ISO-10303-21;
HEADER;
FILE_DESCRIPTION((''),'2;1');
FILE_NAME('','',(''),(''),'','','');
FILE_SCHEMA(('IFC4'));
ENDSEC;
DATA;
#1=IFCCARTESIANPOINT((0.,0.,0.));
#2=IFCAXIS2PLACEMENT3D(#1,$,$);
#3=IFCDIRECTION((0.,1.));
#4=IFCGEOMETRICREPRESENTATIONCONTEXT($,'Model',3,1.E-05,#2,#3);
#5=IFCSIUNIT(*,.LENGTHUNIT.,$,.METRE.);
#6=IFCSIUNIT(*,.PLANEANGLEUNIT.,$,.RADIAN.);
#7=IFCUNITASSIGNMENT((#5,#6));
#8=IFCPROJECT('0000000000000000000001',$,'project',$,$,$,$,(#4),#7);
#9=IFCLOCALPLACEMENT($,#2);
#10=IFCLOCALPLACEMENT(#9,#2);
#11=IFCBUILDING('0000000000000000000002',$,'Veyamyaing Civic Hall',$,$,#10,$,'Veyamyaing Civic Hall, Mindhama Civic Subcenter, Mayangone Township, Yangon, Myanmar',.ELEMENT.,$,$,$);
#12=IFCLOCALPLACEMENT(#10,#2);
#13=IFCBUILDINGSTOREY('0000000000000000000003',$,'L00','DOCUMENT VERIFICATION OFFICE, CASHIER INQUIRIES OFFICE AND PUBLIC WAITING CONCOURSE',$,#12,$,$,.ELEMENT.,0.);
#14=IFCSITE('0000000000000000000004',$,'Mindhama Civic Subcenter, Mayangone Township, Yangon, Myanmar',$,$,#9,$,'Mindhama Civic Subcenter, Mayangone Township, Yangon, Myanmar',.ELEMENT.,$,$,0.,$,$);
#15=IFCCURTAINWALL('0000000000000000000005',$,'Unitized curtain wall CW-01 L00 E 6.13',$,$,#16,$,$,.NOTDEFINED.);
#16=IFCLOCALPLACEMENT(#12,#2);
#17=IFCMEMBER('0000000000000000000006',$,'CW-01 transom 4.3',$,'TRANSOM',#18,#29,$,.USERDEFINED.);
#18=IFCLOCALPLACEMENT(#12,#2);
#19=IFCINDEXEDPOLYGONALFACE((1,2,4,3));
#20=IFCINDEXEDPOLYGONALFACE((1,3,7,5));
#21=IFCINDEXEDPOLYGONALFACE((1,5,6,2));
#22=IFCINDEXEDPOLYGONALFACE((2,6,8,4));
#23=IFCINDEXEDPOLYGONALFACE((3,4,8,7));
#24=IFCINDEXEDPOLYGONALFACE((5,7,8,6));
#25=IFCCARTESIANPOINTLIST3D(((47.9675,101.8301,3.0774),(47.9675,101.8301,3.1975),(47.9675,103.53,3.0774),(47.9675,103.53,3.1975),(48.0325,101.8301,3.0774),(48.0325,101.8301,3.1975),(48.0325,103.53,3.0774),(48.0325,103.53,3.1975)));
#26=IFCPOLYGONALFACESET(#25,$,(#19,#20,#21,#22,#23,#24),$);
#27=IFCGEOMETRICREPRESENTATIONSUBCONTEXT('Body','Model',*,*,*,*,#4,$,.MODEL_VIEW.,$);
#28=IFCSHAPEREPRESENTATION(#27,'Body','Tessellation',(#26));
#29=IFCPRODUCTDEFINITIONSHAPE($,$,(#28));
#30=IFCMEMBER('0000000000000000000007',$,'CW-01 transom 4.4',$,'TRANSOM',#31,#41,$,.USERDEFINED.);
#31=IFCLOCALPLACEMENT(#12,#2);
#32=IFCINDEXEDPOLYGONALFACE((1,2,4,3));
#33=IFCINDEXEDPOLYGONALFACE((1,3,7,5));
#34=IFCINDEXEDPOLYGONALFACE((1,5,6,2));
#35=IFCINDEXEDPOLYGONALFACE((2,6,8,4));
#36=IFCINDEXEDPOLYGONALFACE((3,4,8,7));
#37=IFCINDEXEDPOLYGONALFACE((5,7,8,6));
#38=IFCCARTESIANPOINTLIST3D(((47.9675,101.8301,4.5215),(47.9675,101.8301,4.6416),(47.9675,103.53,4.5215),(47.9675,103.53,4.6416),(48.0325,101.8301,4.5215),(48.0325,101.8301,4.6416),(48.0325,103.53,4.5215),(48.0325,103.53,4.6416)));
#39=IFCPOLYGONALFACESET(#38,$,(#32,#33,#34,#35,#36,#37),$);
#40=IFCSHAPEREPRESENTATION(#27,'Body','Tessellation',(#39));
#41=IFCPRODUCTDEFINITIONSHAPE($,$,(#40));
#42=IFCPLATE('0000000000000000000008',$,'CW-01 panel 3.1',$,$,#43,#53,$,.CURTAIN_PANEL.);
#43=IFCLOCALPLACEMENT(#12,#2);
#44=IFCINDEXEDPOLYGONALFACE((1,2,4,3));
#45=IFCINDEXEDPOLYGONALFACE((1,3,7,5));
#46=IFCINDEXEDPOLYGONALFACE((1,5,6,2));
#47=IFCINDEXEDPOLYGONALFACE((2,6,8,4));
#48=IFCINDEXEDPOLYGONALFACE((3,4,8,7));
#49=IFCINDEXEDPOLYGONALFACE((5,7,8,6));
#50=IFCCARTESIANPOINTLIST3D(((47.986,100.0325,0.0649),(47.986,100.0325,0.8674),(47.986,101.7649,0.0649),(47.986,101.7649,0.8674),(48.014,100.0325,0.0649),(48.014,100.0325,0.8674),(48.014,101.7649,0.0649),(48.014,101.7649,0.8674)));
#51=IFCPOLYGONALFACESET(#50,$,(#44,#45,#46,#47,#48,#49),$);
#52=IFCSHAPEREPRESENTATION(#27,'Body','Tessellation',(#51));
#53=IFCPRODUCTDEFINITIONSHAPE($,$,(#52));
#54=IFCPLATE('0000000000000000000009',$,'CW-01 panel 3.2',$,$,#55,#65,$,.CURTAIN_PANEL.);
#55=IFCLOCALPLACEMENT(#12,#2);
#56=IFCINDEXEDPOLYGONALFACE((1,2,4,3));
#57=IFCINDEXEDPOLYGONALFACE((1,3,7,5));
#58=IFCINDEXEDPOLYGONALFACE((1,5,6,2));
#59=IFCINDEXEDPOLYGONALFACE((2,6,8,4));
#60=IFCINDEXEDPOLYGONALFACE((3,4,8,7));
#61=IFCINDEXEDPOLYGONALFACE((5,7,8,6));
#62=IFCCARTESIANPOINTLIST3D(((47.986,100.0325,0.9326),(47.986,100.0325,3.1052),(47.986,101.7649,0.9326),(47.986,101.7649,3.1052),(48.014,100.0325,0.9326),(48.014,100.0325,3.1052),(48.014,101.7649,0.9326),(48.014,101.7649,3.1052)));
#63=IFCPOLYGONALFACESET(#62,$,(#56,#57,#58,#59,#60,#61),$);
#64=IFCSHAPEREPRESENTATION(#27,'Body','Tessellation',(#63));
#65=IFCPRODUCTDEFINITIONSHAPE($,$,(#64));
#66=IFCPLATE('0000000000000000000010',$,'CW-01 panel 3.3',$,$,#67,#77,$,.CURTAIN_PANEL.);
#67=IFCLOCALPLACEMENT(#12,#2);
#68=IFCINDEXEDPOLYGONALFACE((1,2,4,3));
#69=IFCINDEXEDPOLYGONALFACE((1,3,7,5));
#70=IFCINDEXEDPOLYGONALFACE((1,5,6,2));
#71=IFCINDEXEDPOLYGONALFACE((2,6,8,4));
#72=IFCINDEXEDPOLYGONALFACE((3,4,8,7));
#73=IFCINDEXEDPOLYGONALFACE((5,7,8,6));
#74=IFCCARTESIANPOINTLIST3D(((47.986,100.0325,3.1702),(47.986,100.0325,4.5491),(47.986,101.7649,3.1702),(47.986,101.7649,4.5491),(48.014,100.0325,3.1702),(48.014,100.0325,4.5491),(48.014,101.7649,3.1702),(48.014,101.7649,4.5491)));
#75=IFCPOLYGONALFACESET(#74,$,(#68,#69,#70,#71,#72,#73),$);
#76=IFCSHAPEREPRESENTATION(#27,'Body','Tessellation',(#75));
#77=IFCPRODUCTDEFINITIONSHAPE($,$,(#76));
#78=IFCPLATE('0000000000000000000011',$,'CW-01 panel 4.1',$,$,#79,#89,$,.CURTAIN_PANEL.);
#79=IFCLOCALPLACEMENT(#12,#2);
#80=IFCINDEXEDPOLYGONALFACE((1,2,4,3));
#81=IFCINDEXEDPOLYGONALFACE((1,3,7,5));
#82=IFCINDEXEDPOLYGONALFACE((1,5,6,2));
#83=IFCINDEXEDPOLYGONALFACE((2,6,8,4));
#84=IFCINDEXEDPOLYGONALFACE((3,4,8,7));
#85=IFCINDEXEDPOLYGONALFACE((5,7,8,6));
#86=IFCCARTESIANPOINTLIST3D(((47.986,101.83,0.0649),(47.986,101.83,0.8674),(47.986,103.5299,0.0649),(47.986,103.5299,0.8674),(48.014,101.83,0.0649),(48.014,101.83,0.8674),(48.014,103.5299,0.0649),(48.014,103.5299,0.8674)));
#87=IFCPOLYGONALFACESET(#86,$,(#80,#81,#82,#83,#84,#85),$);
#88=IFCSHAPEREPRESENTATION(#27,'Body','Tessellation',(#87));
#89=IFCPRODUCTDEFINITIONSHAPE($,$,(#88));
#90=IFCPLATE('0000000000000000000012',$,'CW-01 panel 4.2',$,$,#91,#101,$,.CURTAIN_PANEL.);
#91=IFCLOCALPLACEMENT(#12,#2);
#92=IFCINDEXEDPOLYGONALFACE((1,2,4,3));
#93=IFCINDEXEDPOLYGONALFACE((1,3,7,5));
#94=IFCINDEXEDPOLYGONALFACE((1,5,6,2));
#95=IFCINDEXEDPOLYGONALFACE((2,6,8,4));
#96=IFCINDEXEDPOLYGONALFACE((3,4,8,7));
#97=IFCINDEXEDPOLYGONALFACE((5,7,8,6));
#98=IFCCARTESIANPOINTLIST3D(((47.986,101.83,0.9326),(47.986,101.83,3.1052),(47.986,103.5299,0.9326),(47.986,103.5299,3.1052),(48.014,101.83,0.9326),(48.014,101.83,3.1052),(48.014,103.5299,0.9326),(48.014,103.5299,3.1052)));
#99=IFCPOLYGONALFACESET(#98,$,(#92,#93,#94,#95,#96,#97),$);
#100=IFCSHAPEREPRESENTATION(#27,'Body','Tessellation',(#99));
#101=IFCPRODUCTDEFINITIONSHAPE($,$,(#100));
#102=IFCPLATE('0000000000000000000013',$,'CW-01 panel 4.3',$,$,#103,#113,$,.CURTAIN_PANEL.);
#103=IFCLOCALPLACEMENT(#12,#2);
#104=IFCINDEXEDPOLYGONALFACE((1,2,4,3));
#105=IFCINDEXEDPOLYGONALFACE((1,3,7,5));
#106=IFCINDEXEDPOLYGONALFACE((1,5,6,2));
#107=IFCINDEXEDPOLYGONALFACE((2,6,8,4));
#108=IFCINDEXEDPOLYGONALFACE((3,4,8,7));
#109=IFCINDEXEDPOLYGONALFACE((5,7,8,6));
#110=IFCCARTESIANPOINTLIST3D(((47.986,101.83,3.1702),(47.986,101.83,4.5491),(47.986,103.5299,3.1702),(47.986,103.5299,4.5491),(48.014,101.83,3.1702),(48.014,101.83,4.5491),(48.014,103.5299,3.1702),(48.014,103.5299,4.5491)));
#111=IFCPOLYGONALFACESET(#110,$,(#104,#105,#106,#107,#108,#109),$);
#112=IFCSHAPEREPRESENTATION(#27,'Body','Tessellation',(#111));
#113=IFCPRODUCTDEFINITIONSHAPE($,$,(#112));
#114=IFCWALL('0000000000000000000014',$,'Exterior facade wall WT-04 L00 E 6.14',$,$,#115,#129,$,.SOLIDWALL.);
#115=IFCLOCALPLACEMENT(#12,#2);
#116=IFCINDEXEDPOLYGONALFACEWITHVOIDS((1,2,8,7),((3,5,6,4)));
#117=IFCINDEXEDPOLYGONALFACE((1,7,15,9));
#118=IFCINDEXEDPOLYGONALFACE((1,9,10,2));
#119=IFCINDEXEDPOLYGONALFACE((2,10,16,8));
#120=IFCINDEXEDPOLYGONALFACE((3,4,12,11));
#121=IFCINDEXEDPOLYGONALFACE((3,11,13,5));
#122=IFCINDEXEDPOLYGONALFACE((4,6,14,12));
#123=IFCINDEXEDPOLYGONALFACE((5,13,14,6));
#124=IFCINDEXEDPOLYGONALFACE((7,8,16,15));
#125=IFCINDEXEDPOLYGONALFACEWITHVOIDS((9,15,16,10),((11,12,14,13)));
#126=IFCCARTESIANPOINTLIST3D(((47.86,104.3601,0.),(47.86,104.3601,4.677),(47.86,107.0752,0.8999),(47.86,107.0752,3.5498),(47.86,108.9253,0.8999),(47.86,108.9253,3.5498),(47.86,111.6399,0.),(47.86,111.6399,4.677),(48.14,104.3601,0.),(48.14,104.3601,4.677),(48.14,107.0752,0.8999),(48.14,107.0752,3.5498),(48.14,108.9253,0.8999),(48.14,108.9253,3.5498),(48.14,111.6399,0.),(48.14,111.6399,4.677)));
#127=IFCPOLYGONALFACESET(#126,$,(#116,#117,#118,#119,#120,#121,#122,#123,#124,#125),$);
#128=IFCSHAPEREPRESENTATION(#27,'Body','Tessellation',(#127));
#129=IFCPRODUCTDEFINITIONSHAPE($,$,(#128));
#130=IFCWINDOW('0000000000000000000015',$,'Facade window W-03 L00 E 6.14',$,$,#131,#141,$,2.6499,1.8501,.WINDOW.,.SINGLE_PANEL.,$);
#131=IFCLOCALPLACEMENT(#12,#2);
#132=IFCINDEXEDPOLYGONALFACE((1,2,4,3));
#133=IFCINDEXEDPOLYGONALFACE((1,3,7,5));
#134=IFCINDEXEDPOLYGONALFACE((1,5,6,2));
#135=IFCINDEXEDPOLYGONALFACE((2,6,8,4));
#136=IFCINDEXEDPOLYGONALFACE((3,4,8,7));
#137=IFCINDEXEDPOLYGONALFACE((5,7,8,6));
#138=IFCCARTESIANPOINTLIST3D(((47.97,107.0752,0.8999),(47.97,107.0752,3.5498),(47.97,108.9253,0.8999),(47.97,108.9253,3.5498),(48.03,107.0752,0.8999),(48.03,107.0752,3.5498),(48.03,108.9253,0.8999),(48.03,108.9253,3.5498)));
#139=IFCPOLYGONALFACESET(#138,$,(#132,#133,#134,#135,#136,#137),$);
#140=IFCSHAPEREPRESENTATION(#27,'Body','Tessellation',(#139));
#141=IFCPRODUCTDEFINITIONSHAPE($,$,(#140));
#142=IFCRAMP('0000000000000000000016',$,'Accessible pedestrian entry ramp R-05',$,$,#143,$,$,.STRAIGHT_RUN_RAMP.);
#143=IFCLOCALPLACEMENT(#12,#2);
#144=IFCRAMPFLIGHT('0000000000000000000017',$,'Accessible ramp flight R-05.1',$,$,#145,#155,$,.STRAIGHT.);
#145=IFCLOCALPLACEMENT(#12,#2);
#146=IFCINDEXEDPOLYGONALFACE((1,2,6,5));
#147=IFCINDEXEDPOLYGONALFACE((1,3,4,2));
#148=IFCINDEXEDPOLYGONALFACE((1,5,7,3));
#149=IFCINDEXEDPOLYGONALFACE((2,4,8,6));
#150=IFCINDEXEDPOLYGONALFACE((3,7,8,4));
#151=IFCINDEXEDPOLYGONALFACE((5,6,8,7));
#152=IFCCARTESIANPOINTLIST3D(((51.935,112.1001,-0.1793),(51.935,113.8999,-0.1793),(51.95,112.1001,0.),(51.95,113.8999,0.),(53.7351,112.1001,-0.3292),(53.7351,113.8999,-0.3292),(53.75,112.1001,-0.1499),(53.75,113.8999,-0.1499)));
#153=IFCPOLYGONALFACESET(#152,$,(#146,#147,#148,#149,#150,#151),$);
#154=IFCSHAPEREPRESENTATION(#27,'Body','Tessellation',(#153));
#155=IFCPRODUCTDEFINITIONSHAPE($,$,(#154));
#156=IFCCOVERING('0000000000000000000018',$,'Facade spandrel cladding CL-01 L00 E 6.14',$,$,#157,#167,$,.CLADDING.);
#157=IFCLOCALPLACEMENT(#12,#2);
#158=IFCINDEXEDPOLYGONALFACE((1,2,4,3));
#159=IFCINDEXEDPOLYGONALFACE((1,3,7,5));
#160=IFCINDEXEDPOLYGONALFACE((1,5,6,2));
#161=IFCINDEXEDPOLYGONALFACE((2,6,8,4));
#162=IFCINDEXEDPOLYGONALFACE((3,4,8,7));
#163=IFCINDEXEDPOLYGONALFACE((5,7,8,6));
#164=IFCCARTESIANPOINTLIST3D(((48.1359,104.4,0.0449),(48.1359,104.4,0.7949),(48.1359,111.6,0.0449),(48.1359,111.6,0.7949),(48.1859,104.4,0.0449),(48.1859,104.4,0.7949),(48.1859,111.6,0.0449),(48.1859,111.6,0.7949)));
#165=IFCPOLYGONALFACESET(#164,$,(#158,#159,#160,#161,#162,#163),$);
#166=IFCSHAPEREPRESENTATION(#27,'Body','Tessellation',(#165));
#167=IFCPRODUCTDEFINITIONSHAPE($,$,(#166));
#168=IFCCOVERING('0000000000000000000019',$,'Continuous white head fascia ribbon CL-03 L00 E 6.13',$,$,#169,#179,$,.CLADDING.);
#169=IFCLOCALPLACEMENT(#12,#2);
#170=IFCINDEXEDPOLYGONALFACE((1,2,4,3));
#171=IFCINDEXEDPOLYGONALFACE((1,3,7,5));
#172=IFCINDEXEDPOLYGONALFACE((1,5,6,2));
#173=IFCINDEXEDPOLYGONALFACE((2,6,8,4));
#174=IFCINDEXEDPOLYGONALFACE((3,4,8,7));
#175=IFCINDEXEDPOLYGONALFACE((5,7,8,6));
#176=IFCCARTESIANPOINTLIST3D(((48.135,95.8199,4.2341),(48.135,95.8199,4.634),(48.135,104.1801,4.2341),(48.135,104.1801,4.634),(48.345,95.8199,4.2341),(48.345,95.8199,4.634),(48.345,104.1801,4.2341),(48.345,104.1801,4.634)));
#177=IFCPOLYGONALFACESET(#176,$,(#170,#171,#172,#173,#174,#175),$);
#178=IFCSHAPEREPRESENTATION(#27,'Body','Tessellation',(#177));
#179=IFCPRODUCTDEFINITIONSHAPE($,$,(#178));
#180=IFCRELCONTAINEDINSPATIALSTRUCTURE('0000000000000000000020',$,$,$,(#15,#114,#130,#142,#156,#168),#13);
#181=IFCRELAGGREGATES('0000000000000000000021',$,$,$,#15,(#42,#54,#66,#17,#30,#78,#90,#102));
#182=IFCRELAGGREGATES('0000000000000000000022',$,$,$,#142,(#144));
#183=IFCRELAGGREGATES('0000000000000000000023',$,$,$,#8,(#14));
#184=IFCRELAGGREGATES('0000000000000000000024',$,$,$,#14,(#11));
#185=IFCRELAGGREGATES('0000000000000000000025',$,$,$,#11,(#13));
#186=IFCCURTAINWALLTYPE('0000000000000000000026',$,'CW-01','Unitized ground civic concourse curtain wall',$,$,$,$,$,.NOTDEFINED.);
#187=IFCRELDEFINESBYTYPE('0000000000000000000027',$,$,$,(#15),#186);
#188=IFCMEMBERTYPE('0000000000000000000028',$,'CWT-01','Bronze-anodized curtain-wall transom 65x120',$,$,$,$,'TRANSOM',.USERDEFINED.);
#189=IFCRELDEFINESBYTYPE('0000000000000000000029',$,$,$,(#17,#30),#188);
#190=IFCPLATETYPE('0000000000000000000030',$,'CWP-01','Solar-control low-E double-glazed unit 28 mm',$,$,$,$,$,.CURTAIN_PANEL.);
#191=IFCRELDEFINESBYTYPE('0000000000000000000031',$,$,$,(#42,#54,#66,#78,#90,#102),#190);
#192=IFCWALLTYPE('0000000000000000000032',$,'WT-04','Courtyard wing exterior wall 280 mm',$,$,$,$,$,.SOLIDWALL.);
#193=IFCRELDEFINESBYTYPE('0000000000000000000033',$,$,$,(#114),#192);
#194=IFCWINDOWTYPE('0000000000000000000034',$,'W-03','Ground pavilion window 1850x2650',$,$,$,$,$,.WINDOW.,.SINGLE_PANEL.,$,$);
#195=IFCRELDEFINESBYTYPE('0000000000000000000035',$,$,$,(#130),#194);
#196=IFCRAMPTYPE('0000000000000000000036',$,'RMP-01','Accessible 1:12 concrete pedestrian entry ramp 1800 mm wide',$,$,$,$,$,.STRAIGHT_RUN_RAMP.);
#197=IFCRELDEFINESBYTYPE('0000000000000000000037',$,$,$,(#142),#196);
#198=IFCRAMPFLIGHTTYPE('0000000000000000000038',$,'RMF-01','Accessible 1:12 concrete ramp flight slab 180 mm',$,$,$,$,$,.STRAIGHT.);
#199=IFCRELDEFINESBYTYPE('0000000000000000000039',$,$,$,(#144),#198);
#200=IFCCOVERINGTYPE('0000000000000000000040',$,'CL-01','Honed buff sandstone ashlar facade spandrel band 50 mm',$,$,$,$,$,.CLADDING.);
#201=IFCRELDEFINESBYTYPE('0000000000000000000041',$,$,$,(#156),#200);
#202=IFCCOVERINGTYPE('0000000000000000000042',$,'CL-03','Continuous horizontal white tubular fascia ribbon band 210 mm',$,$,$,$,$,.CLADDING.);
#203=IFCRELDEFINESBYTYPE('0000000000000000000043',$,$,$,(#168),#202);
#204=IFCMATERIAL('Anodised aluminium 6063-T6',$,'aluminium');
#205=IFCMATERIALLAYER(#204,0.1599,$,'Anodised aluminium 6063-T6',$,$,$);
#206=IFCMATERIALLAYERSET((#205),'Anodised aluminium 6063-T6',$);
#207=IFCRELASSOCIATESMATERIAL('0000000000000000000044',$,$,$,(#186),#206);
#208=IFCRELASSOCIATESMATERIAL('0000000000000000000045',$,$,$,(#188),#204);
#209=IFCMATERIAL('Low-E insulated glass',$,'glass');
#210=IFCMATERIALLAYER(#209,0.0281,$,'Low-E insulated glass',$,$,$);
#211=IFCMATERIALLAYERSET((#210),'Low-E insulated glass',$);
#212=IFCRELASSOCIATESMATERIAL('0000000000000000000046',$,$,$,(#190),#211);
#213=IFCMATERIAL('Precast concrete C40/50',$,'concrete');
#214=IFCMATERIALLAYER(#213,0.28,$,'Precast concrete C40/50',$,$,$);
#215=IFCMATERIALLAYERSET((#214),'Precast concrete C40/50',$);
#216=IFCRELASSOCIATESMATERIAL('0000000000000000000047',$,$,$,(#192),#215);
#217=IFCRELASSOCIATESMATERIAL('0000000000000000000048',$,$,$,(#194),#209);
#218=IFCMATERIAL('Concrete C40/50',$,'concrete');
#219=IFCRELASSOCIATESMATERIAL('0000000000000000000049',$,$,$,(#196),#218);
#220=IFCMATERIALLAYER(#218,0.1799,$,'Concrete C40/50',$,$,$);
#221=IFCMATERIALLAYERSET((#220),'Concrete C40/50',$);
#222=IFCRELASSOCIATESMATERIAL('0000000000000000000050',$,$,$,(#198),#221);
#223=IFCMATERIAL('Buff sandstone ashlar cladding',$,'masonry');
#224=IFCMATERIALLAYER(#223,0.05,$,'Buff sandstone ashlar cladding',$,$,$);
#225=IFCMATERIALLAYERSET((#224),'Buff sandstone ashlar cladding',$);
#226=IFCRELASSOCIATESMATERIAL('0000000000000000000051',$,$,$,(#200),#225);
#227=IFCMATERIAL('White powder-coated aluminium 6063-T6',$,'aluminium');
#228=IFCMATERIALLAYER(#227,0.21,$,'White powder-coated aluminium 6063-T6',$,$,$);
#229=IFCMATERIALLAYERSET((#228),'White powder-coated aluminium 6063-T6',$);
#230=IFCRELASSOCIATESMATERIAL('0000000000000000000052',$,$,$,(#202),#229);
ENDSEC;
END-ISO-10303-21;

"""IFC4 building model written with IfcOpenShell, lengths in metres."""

from ifc_helpers import new_model, si_unit, direction, frame, frame_2d, origin, origin_2d, place, context, subcontext, project, spatial, polyline, rectangle, outline, extrude, material, layer, layer_set, material_profile, profile_set, type_object, element, fill, aggregate, save


model = new_model("IFC4")

# Units and contexts
model_context = context("Model", 3, precision=1e-05, world=origin(), true_north=direction((0.0, 1.0)))
body_context = subcontext(model_context, "Body", "Model", "MODEL_VIEW")
ifc_project = project(units=[si_unit("LENGTHUNIT", "METRE"), si_unit("PLANEANGLEUNIT", "RADIAN")], contexts=[model_context])

# Site, building, storey
site_placement = place(None, origin())
site = spatial("IfcSite", under=ifc_project, at=site_placement, Name="Mindhama Civic Subcenter, Mayangone Township, Yangon, Myanmar", LongName="Mindhama Civic Subcenter, Mayangone Township, Yangon, Myanmar", CompositionType="ELEMENT", RefElevation=0.0)
building_placement = place(site_placement, origin())
building = spatial("IfcBuilding", under=site, at=building_placement, Name="Veyamyaing Civic Hall", LongName="Veyamyaing Civic Hall, Mindhama Civic Subcenter, Mayangone Township, Yangon, Myanmar", CompositionType="ELEMENT")
storey_placement = place(building_placement, origin())
storey = spatial("IfcBuildingStorey", under=building, at=storey_placement, Name="L00", Description="DOCUMENT VERIFICATION OFFICE, CASHIER INQUIRIES OFFICE AND PUBLIC WAITING CONCOURSE", CompositionType="ELEMENT", Elevation=0.0)

# Curtain wall, members, plates
ifc_material_1 = material(Name="Anodised aluminium 6063-T6", Category="aluminium")
ifc_layer_1 = layer(ifc_material_1, 0.1599, Name="Anodised aluminium 6063-T6")
ifc_layer_set_1 = layer_set([ifc_layer_1], Name="Anodised aluminium 6063-T6")
curtain_wall_type = type_object("IfcCurtainWallType", Name="CW-01", Description="Unitized ground civic concourse curtain wall", PredefinedType="NOTDEFINED", material=ifc_layer_set_1)
curtain_wall_placement = place(storey_placement, origin())
curtain_wall = element("IfcCurtainWall", 1, at=curtain_wall_placement, inside=storey, type_object=curtain_wall_type, Name="Unitized curtain wall CW-01 L00 E 6.13", PredefinedType="NOTDEFINED")
ifc_material_profile_1 = material_profile(ifc_material_1, rectangle(XDim=0.0649, YDim=0.1201, at=origin_2d()), Name="ALU-TRN-65X120")
ifc_profile_set_1 = profile_set([ifc_material_profile_1], Name="Anodised aluminium 6063-T6")
member_type_1 = type_object("IfcMemberType", Name="CWT-01", Description="Bronze-anodized curtain-wall transom 65x120", ElementType="TRANSOM", PredefinedType="USERDEFINED", material=ifc_profile_set_1)
member_1_placement = place(storey_placement, frame((48.0, 101.8301, 3.1375), z_axis=(0.0, 1.0, 0.0), x_axis=(-1.0, 0.0, 0.0)))
member_1 = element("IfcMember", 2, at=member_1_placement, type_object=member_type_1, Name="CW-01 transom 4.3", ObjectType="TRANSOM", PredefinedType="USERDEFINED", context=body_context, shape_type="SweptSolid", body=[
    extrude(rectangle(XDim=0.0649, YDim=0.1201, at=origin_2d()), origin(), (0.0, 0.0, 1.0), 1.7),
])
member_2_placement = place(storey_placement, frame((48.0, 101.8301, 4.5815), z_axis=(0.0, 1.0, 0.0), x_axis=(-1.0, 0.0, 0.0)))
member_2 = element("IfcMember", 3, at=member_2_placement, type_object=member_type_1, Name="CW-01 transom 4.4", ObjectType="TRANSOM", PredefinedType="USERDEFINED", context=body_context, shape_type="SweptSolid", body=[
    extrude(rectangle(XDim=0.0649, YDim=0.1201, at=origin_2d()), origin(), (0.0, 0.0, 1.0), 1.7),
])
ifc_material_2 = material(Name="Low-E insulated glass", Category="glass")
ifc_layer_2 = layer(ifc_material_2, 0.0281, Name="Low-E insulated glass")
ifc_layer_set_2 = layer_set([ifc_layer_2], Name="Low-E insulated glass")
plate_type = type_object("IfcPlateType", Name="CWP-01", Description="Solar-control low-E double-glazed unit 28 mm", PredefinedType="CURTAIN_PANEL", material=ifc_layer_set_2)
plate_1_placement = place(storey_placement, frame((48.0, 100.8987, 0.0649), z_axis=(0.0, 0.0, 1.0), x_axis=(0.0, 1.0, 0.0)))
plate_1 = element("IfcPlate", 4, at=plate_1_placement, type_object=plate_type, Name="CW-01 panel 3.1", PredefinedType="CURTAIN_PANEL", context=body_context, shape_type="SweptSolid", body=[
    extrude(rectangle(XDim=1.7324, YDim=0.0281, at=origin_2d()), origin(), (0.0, 0.0, 1.0), 0.8025),
])
plate_2_placement = place(storey_placement, frame((48.0, 100.8987, 0.9326), z_axis=(0.0, 0.0, 1.0), x_axis=(0.0, 1.0, 0.0)))
plate_2 = element("IfcPlate", 5, at=plate_2_placement, type_object=plate_type, Name="CW-01 panel 3.2", PredefinedType="CURTAIN_PANEL", context=body_context, shape_type="SweptSolid", body=[
    extrude(rectangle(XDim=1.7324, YDim=0.0281, at=origin_2d()), origin(), (0.0, 0.0, 1.0), 2.1726),
])
plate_3_placement = place(storey_placement, frame((48.0, 100.8987, 3.1702), z_axis=(0.0, 0.0, 1.0), x_axis=(0.0, 1.0, 0.0)))
plate_3 = element("IfcPlate", 6, at=plate_3_placement, type_object=plate_type, Name="CW-01 panel 3.3", PredefinedType="CURTAIN_PANEL", context=body_context, shape_type="SweptSolid", body=[
    extrude(rectangle(XDim=1.7324, YDim=0.0281, at=origin_2d()), origin(), (0.0, 0.0, 1.0), 1.3789),
])
plate_4_placement = place(storey_placement, frame((48.0, 102.6799, 0.0649), z_axis=(0.0, 0.0, 1.0), x_axis=(0.0, 1.0, 0.0)))
plate_4 = element("IfcPlate", 7, at=plate_4_placement, type_object=plate_type, Name="CW-01 panel 4.1", PredefinedType="CURTAIN_PANEL", context=body_context, shape_type="SweptSolid", body=[
    extrude(rectangle(XDim=1.7, YDim=0.0281, at=origin_2d()), origin(), (0.0, 0.0, 1.0), 0.8025),
])
plate_5_placement = place(storey_placement, frame((48.0, 102.6799, 0.9326), z_axis=(0.0, 0.0, 1.0), x_axis=(0.0, 1.0, 0.0)))
plate_5 = element("IfcPlate", 8, at=plate_5_placement, type_object=plate_type, Name="CW-01 panel 4.2", PredefinedType="CURTAIN_PANEL", context=body_context, shape_type="SweptSolid", body=[
    extrude(rectangle(XDim=1.7, YDim=0.0281, at=origin_2d()), origin(), (0.0, 0.0, 1.0), 2.1726),
])
plate_6_placement = place(storey_placement, frame((48.0, 102.6799, 3.1702), z_axis=(0.0, 0.0, 1.0), x_axis=(0.0, 1.0, 0.0)))
plate_6 = element("IfcPlate", 9, at=plate_6_placement, type_object=plate_type, Name="CW-01 panel 4.3", PredefinedType="CURTAIN_PANEL", context=body_context, shape_type="SweptSolid", body=[
    extrude(rectangle(XDim=1.7, YDim=0.0281, at=origin_2d()), origin(), (0.0, 0.0, 1.0), 1.3789),
])
aggregate(curtain_wall, [plate_1, plate_2, plate_3, member_1, member_2, plate_4, plate_5, plate_6])

# Wall, opening, window
ifc_material_3 = material(Name="Precast concrete C40/50", Category="concrete")
ifc_layer_3 = layer(ifc_material_3, 0.28, Name="Precast concrete C40/50")
ifc_layer_set_3 = layer_set([ifc_layer_3], Name="Precast concrete C40/50")
wall_type = type_object("IfcWallType", Name="WT-04", Description="Courtyard wing exterior wall 280 mm", PredefinedType="SOLIDWALL", material=ifc_layer_set_3)
wall_placement = place(storey_placement, frame((48.0, 104.3601, 0.0), z_axis=(0.0, 0.0, 1.0), x_axis=(0.0, 1.0, 0.0)))
wall = element("IfcWall", 10, at=wall_placement, inside=storey, type_object=wall_type, Name="Exterior facade wall WT-04 L00 E 6.14", PredefinedType="SOLIDWALL", context=body_context, shape_type="SweptSolid", body=[
    extrude(rectangle(XDim=7.2798, YDim=0.28, at=frame_2d((3.6399, 0.0))), origin(), (0.0, 0.0, 1.0), 4.677),
])
opening_placement = place(wall_placement, frame((2.7151, 0.0, 0.8999)))
opening = element("IfcOpeningElement", 11, at=opening_placement, cuts=wall, PredefinedType="OPENING", context=body_context, shape_type="SweptSolid", body=[
    extrude(rectangle(XDim=1.8501, YDim=2.6499, at=frame_2d((0.925, 1.325))), frame((0.0, 0.1499, 0.0), z_axis=(0.0, -1.0, 0.0), x_axis=(1.0, 0.0, 0.0)), (0.0, 0.0, 1.0), 0.3),
])
window_type = type_object("IfcWindowType", Name="W-03", Description="Ground pavilion window 1850x2650", PartitioningType="SINGLE_PANEL", PredefinedType="WINDOW", material=ifc_material_2)
window_placement = place(opening_placement, origin())
window = element("IfcWindow", 12, at=window_placement, inside=storey, type_object=window_type, Name="Facade window W-03 L00 E 6.14", OverallHeight=2.6499, OverallWidth=1.8501, PartitioningType="SINGLE_PANEL", PredefinedType="WINDOW", context=body_context, shape_type="SweptSolid", body=[
    extrude(rectangle(XDim=1.8501, YDim=2.6499, at=frame_2d((0.925, 1.325))), frame((0.0, 0.03, 0.0), z_axis=(0.0, -1.0, 0.0), x_axis=(1.0, 0.0, 0.0)), (0.0, 0.0, 1.0), 0.0601),
])
fill(opening, window)

# Ramp, ramp flight
ifc_material_4 = material(Name="Concrete C40/50", Category="concrete")
ramp_type = type_object("IfcRampType", Name="RMP-01", Description="Accessible 1:12 concrete pedestrian entry ramp 1800 mm wide", PredefinedType="STRAIGHT_RUN_RAMP", material=ifc_material_4)
ramp_placement = place(storey_placement, origin())
ramp = element("IfcRamp", 13, at=ramp_placement, inside=storey, type_object=ramp_type, Name="Accessible pedestrian entry ramp R-05", PredefinedType="STRAIGHT_RUN_RAMP")
ifc_layer_4 = layer(ifc_material_4, 0.1799, Name="Concrete C40/50")
ifc_layer_set_4 = layer_set([ifc_layer_4], Name="Concrete C40/50")
ramp_flight_type = type_object("IfcRampFlightType", Name="RMF-01", Description="Accessible 1:12 concrete ramp flight slab 180 mm", PredefinedType="STRAIGHT", material=ifc_layer_set_4)
ramp_flight_placement = place(storey_placement, frame((53.75, 112.1001, -0.1499), z_axis=(0.08299, 0.0, 0.99655), x_axis=(-0.99655, 0.0, 0.08299)))
ramp_flight = element("IfcRampFlight", 14, at=ramp_flight_placement, type_object=ramp_flight_type, Name="Accessible ramp flight R-05.1", PredefinedType="STRAIGHT", context=body_context, shape_type="SweptSolid", body=[
    extrude(outline(polyline([(0.0, 0.0), (1.8063, 0.0), (1.8063, -1.7998), (0.0, -1.7998), (0.0, 0.0)])), origin(), (0.0, 0.0, -1.0), 0.1799),
])
aggregate(ramp, [ramp_flight])

# Coverings
ifc_material_5 = material(Name="Buff sandstone ashlar cladding", Category="masonry")
ifc_layer_5 = layer(ifc_material_5, 0.05, Name="Buff sandstone ashlar cladding")
ifc_layer_set_5 = layer_set([ifc_layer_5], Name="Buff sandstone ashlar cladding")
covering_type_1 = type_object("IfcCoveringType", Name="CL-01", Description="Honed buff sandstone ashlar facade spandrel band 50 mm", PredefinedType="CLADDING", material=ifc_layer_set_5)
covering_placement = place(storey_placement, frame((48.1609, 108.0, 0.0449), z_axis=(0.0, 0.0, 1.0), x_axis=(0.0, 1.0, 0.0)))
element("IfcCovering", 15, at=covering_placement, inside=storey, type_object=covering_type_1, Name="Facade spandrel cladding CL-01 L00 E 6.14", PredefinedType="CLADDING", context=body_context, shape_type="SweptSolid", body=[
    extrude(rectangle(XDim=7.2, YDim=0.05, at=origin_2d()), origin(), (0.0, 0.0, 1.0), 0.75),
])
ifc_material_6 = material(Name="White powder-coated aluminium 6063-T6", Category="aluminium")
ifc_layer_6 = layer(ifc_material_6, 0.21, Name="White powder-coated aluminium 6063-T6")
ifc_layer_set_6 = layer_set([ifc_layer_6], Name="White powder-coated aluminium 6063-T6")
covering_type_2 = type_object("IfcCoveringType", Name="CL-03", Description="Continuous horizontal white tubular fascia ribbon band 210 mm", PredefinedType="CLADDING", material=ifc_layer_set_6)
for number, where, z_axis, x_axis, name in (
    (16, (48.24, 100.0, 4.2341), (0.0, 0.0, 1.0), (0.0, 1.0, 0.0), "Continuous white head fascia ribbon CL-03 L00 E 6.13"),
):
    element("IfcCovering", number, at=place(storey_placement, frame(where, z_axis=z_axis, x_axis=x_axis)), inside=storey, type_object=covering_type_2, Name=name, PredefinedType="CLADDING", context=body_context, shape_type="SweptSolid", body=[
        extrude(rectangle(XDim=8.3601, YDim=0.21, at=origin_2d()), origin(), (0.0, 0.0, 1.0), 0.3999),
    ])

save(model, "model.ifc")
